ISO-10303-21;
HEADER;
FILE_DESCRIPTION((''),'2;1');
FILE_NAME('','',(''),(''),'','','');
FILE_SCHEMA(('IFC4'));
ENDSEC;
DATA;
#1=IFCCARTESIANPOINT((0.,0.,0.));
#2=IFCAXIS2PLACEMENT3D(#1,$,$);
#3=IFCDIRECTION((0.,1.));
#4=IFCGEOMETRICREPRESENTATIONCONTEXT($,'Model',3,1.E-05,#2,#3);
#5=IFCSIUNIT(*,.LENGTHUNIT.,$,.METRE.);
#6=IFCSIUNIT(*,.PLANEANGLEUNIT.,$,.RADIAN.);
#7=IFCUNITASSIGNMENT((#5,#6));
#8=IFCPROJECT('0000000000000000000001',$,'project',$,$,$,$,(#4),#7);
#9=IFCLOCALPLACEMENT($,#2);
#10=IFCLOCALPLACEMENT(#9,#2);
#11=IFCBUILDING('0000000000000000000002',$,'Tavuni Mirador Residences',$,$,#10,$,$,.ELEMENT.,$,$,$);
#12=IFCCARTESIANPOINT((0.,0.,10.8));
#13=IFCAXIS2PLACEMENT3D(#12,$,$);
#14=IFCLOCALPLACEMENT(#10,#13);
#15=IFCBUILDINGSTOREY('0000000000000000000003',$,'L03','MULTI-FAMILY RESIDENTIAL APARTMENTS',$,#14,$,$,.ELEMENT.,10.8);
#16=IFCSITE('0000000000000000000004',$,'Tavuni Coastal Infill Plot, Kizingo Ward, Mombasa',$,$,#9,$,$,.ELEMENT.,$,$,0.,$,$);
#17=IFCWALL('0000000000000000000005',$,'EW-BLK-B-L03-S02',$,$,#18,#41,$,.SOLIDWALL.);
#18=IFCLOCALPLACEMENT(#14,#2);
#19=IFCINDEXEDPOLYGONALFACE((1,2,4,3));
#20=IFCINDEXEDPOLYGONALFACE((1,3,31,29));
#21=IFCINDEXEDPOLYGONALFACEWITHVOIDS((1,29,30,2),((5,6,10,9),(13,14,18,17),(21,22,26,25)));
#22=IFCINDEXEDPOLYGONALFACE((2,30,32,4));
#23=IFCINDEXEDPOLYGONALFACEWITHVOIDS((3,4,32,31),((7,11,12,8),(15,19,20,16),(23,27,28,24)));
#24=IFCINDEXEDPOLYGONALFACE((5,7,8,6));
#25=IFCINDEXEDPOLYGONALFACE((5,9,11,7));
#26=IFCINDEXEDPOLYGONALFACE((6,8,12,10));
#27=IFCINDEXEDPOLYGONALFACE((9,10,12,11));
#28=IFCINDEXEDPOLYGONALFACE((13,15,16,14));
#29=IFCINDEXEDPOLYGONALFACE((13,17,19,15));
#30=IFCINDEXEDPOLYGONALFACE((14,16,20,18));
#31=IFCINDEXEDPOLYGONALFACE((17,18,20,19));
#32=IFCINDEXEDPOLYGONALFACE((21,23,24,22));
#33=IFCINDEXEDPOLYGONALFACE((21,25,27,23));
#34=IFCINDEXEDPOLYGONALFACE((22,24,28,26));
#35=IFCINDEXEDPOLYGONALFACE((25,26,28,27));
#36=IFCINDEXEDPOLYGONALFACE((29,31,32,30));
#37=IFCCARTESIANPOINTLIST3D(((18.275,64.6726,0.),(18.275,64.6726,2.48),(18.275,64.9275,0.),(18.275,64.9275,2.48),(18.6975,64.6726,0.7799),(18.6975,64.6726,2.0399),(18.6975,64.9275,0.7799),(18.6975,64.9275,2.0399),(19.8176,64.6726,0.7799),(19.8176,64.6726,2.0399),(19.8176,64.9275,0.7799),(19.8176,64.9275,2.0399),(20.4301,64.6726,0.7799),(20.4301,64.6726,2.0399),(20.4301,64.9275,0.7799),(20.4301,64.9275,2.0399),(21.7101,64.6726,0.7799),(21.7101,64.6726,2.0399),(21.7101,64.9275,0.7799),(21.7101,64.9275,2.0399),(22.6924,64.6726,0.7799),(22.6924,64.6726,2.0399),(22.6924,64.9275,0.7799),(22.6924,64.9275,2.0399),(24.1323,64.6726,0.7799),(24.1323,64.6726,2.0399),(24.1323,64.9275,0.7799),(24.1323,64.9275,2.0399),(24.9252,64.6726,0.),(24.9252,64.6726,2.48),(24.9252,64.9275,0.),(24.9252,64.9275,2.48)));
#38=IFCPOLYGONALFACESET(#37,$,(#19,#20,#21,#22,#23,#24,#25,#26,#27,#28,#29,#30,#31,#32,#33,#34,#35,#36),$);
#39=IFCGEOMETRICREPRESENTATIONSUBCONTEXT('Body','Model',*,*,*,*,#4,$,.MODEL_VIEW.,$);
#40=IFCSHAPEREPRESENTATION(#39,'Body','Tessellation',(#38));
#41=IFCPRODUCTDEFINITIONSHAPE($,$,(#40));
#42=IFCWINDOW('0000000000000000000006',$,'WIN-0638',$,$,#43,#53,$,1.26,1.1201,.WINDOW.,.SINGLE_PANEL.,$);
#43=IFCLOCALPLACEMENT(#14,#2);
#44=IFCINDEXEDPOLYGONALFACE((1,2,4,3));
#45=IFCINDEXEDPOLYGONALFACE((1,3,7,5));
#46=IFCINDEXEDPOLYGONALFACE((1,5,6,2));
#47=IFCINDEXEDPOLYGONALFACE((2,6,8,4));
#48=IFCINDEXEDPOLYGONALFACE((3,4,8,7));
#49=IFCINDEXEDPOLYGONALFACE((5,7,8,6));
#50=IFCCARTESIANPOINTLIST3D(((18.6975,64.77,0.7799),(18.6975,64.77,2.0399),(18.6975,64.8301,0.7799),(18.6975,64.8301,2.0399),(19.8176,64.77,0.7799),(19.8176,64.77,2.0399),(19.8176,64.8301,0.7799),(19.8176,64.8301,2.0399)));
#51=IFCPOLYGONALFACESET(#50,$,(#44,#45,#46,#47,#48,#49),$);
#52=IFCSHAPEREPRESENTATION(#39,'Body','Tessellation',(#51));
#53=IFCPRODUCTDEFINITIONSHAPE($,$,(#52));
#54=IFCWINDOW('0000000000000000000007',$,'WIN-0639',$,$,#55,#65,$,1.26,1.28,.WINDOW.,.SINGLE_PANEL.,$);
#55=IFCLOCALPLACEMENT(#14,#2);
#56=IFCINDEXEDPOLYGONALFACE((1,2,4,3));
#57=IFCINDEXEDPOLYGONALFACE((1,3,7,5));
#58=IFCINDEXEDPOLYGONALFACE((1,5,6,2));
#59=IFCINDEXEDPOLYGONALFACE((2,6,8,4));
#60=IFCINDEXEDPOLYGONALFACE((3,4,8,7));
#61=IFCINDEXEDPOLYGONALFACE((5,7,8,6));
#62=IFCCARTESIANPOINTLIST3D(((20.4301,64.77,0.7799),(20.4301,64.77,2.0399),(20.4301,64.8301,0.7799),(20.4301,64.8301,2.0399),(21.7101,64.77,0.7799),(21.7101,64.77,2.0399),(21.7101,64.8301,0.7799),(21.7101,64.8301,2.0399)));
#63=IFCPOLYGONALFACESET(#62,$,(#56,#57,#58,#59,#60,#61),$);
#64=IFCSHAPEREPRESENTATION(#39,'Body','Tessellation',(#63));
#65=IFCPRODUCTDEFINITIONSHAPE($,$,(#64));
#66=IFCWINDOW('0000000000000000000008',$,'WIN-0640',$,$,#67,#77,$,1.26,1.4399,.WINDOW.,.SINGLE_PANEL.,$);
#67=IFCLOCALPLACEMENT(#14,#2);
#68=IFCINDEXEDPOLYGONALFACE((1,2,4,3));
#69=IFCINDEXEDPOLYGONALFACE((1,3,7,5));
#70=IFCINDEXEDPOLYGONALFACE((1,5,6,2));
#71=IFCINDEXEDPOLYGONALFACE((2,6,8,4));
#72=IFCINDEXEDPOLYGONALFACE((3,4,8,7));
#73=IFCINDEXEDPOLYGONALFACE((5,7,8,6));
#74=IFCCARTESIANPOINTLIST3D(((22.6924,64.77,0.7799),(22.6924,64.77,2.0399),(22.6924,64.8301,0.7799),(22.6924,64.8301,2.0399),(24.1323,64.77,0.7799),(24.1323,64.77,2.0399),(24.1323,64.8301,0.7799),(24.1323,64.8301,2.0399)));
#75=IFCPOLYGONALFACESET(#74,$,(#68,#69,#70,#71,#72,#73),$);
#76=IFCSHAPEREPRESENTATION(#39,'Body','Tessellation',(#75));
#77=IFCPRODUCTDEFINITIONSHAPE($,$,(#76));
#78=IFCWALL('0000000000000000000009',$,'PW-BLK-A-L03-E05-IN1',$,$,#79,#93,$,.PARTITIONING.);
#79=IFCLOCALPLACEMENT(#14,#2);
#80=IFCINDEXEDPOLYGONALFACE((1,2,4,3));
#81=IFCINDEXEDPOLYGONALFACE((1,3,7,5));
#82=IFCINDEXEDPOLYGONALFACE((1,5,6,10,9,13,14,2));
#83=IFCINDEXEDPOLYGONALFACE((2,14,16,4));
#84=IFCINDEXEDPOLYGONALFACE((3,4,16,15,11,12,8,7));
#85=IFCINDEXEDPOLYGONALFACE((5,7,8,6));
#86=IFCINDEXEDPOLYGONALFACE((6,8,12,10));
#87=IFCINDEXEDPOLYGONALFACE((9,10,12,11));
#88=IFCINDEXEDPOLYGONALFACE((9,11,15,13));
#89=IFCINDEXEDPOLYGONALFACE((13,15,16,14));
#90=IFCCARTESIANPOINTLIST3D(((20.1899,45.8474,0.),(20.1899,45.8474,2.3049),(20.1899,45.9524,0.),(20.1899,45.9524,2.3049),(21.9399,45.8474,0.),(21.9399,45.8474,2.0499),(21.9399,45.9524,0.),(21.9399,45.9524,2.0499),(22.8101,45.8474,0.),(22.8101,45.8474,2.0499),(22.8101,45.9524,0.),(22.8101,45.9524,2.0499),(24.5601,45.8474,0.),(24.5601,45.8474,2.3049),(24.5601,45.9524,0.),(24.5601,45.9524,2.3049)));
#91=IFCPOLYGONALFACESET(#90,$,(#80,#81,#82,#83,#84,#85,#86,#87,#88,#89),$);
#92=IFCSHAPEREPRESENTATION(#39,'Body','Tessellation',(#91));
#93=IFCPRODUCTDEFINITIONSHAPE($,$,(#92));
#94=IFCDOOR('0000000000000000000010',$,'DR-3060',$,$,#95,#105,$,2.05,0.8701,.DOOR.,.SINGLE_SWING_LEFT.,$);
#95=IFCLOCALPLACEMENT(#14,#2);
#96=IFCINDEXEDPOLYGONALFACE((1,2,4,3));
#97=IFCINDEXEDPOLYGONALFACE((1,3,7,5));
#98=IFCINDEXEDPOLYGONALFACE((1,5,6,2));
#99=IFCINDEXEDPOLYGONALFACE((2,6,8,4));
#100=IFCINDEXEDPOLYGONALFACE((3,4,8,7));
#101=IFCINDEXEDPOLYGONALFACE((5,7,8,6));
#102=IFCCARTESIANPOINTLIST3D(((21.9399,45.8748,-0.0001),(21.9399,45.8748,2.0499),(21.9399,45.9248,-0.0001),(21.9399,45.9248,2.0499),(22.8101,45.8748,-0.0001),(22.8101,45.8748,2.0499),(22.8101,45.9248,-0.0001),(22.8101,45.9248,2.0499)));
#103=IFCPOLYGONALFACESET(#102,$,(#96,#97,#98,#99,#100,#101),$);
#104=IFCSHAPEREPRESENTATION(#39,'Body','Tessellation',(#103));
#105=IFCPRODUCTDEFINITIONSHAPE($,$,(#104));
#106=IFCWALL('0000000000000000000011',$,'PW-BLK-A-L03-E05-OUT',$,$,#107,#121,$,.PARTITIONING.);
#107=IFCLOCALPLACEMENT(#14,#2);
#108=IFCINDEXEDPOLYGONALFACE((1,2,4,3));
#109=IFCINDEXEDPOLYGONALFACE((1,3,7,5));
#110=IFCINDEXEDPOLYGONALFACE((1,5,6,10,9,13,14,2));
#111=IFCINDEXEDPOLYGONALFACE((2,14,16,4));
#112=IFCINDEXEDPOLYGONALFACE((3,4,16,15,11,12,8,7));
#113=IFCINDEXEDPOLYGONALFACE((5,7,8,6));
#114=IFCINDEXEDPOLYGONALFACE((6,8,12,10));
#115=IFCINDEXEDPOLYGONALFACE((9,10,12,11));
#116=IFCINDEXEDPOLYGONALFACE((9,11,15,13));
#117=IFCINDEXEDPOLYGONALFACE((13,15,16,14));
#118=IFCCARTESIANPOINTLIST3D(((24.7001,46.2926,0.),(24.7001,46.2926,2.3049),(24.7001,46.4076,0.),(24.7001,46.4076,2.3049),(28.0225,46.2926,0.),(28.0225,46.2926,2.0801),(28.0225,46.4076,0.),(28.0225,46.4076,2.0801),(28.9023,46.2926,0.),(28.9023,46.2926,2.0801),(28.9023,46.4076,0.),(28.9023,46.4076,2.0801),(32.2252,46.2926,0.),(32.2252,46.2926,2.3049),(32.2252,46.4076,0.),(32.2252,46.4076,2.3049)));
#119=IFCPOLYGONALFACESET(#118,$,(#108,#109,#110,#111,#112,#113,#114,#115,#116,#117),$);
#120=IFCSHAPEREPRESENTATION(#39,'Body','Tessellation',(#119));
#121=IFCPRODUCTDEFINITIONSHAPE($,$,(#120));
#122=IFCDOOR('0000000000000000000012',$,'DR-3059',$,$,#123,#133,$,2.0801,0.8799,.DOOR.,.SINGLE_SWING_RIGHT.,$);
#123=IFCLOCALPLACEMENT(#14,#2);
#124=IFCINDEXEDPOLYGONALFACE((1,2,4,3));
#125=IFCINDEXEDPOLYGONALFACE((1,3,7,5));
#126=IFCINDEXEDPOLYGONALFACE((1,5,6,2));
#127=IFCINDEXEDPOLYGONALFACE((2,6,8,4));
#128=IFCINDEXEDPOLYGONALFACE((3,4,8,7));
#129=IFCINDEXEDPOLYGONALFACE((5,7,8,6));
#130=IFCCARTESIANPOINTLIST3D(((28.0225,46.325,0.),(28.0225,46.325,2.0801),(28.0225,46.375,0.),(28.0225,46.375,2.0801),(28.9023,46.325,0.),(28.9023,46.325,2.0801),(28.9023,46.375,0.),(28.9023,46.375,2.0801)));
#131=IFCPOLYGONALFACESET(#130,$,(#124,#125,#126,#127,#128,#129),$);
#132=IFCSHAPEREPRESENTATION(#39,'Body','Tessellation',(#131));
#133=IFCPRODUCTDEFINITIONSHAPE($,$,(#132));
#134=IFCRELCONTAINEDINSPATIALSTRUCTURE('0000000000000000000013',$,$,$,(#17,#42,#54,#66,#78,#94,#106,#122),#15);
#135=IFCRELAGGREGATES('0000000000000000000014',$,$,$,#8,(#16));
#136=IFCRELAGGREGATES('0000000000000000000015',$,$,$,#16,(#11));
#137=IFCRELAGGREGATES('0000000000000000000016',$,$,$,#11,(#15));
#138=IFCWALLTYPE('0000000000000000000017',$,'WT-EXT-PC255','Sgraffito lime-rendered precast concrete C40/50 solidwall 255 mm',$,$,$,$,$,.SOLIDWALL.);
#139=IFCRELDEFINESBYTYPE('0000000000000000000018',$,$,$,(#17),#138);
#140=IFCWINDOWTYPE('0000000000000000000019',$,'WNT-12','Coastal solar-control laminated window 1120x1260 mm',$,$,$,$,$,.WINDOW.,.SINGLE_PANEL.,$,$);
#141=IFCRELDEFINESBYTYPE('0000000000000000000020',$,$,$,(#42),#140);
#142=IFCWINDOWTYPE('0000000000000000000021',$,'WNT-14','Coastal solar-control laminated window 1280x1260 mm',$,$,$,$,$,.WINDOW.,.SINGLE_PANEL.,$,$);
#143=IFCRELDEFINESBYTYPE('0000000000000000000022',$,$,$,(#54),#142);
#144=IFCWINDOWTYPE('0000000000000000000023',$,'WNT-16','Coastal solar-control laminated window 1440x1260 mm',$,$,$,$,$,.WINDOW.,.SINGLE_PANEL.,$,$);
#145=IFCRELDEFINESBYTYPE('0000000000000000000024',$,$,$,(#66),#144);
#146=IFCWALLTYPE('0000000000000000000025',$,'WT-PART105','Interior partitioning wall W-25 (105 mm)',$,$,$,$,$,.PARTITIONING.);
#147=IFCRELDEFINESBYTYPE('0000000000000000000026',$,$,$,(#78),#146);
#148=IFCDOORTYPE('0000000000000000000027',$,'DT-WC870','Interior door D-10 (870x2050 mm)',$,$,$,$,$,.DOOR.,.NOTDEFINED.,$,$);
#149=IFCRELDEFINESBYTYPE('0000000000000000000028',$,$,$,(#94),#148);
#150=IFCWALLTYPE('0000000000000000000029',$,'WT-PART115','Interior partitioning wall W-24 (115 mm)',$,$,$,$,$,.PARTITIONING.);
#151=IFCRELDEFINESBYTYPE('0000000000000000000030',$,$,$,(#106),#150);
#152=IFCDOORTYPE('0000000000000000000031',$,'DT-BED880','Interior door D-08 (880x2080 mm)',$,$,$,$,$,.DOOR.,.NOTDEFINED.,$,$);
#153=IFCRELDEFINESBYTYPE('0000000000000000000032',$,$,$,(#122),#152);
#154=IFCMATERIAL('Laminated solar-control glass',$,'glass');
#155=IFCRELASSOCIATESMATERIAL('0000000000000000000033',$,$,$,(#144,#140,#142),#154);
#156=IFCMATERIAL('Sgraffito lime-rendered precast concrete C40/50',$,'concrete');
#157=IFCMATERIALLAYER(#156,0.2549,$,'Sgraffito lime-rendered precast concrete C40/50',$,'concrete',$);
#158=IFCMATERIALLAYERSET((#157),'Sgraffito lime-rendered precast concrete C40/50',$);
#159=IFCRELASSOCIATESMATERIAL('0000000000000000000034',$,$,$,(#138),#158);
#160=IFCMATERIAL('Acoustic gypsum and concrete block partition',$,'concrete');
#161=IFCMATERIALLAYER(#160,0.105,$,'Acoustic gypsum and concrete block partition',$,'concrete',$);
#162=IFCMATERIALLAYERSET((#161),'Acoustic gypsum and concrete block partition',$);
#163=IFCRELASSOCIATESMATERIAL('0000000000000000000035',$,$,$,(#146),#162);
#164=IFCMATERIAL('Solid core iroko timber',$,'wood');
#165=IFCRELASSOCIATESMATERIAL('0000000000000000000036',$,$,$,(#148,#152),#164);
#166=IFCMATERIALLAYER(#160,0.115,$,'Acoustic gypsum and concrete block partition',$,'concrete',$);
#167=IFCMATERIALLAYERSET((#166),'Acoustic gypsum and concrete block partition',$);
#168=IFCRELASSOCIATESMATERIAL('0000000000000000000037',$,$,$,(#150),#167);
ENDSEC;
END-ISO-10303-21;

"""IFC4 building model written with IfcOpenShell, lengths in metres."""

from ifc_helpers import new_model, si_unit, direction, frame, frame_2d, origin, place, context, subcontext, project, spatial, rectangle, extrude, material, layer, layer_set, type_object, element, fill, save


model = new_model("IFC4")

# Units and contexts
model_context = context("Model", 3, precision=1e-05, world=origin(), true_north=direction((0.0, 1.0)))
body_context = subcontext(model_context, "Body", "Model", "MODEL_VIEW")
ifc_project = project(units=[si_unit("LENGTHUNIT", "METRE"), si_unit("PLANEANGLEUNIT", "RADIAN")], contexts=[model_context])

# Site, building, storey
site_placement = place(None, origin())
site = spatial("IfcSite", under=ifc_project, at=site_placement, Name="Tavuni Coastal Infill Plot, Kizingo Ward, Mombasa", CompositionType="ELEMENT", RefElevation=0.0)
building_placement = place(site_placement, origin())
building = spatial("IfcBuilding", under=site, at=building_placement, Name="Tavuni Mirador Residences", CompositionType="ELEMENT")
storey_placement = place(building_placement, frame((0.0, 0.0, 10.8)))
storey = spatial("IfcBuildingStorey", under=building, at=storey_placement, Name="L03", Description="MULTI-FAMILY RESIDENTIAL APARTMENTS", CompositionType="ELEMENT", Elevation=10.8)

# Shared definitions
ifc_material_1 = material(Name="Solid core iroko timber", Category="wood")

# Wall, openings, windows
ifc_material_2 = material(Name="Sgraffito lime-rendered precast concrete C40/50", Category="concrete")
ifc_material_3 = material(Name="Laminated solar-control glass", Category="glass")
window_type_1 = type_object("IfcWindowType", Name="WNT-16", Description="Coastal solar-control laminated window 1440x1260 mm", PartitioningType="SINGLE_PANEL", PredefinedType="WINDOW", material=ifc_material_3)
ifc_layer_1 = layer(ifc_material_2, 0.2549, Name="Sgraffito lime-rendered precast concrete C40/50", Category="concrete")
ifc_layer_set_1 = layer_set([ifc_layer_1], Name="Sgraffito lime-rendered precast concrete C40/50")
wall_type_1 = type_object("IfcWallType", Name="WT-EXT-PC255", Description="Sgraffito lime-rendered precast concrete C40/50 solidwall 255 mm", PredefinedType="SOLIDWALL", material=ifc_layer_set_1)
wall_1_placement = place(storey_placement, frame((18.2749, 64.8, 0.0), z_axis=(0.0, 0.0, 1.0), x_axis=(1.0, 0.0, 0.0)))
wall_1 = element("IfcWall", 1, at=wall_1_placement, inside=storey, type_object=wall_type_1, Name="EW-BLK-B-L03-S02", PredefinedType="SOLIDWALL", context=body_context, shape_type="SweptSolid", body=[
    extrude(rectangle(XDim=6.6501, YDim=0.2549, at=frame_2d((3.3252, 0.0))), origin(), (0.0, 0.0, 1.0), 2.48),
])
opening_1_placement = place(wall_1_placement, frame((0.4226, 0.0, 0.78)))
opening_1 = element("IfcOpeningElement", 2, at=opening_1_placement, cuts=wall_1, PredefinedType="OPENING", context=body_context, shape_type="SweptSolid", body=[
    extrude(rectangle(XDim=1.1201, YDim=1.26, at=frame_2d((0.5601, 0.6299))), frame((0.0, 0.1375, 0.0), z_axis=(0.0, -1.0, 0.0), x_axis=(1.0, 0.0, 0.0)), (0.0, 0.0, 1.0), 0.2749),
])
opening_2_placement = place(wall_1_placement, frame((2.155, 0.0, 0.78)))
opening_2 = element("IfcOpeningElement", 3, at=opening_2_placement, cuts=wall_1, PredefinedType="OPENING", context=body_context, shape_type="SweptSolid", body=[
    extrude(rectangle(XDim=1.28, YDim=1.26, at=frame_2d((0.6401, 0.6299))), frame((0.0, 0.1375, 0.0), z_axis=(0.0, -1.0, 0.0), x_axis=(1.0, 0.0, 0.0)), (0.0, 0.0, 1.0), 0.2749),
])
opening_3_placement = place(wall_1_placement, frame((4.4175, 0.0, 0.78)))
opening_3 = element("IfcOpeningElement", 4, at=opening_3_placement, cuts=wall_1, PredefinedType="OPENING", context=body_context, shape_type="SweptSolid", body=[
    extrude(rectangle(XDim=1.4399, YDim=1.26, at=frame_2d((0.72, 0.6299))), frame((0.0, 0.1375, 0.0), z_axis=(0.0, -1.0, 0.0), x_axis=(1.0, 0.0, 0.0)), (0.0, 0.0, 1.0), 0.2749),
])
window_type_2 = type_object("IfcWindowType", Name="WNT-12", Description="Coastal solar-control laminated window 1120x1260 mm", PartitioningType="SINGLE_PANEL", PredefinedType="WINDOW", material=ifc_material_3)
window_1_placement = place(opening_1_placement, origin())
window_1 = element("IfcWindow", 5, at=window_1_placement, inside=storey, type_object=window_type_2, Name="WIN-0638", OverallHeight=1.26, OverallWidth=1.1201, PartitioningType="SINGLE_PANEL", PredefinedType="WINDOW", context=body_context, shape_type="SweptSolid", body=[
    extrude(rectangle(XDim=1.1201, YDim=1.26, at=frame_2d((0.5601, 0.6299))), frame((0.0, 0.03, 0.0), z_axis=(0.0, -1.0, 0.0), x_axis=(1.0, 0.0, 0.0)), (0.0, 0.0, 1.0), 0.0601),
])
fill(opening_1, window_1)
window_type_3 = type_object("IfcWindowType", Name="WNT-14", Description="Coastal solar-control laminated window 1280x1260 mm", PartitioningType="SINGLE_PANEL", PredefinedType="WINDOW", material=ifc_material_3)
window_2_placement = place(opening_2_placement, origin())
window_2 = element("IfcWindow", 6, at=window_2_placement, inside=storey, type_object=window_type_3, Name="WIN-0639", OverallHeight=1.26, OverallWidth=1.28, PartitioningType="SINGLE_PANEL", PredefinedType="WINDOW", context=body_context, shape_type="SweptSolid", body=[
    extrude(rectangle(XDim=1.28, YDim=1.26, at=frame_2d((0.6401, 0.6299))), frame((0.0, 0.03, 0.0), z_axis=(0.0, -1.0, 0.0), x_axis=(1.0, 0.0, 0.0)), (0.0, 0.0, 1.0), 0.0601),
])
fill(opening_2, window_2)
window_3_placement = place(opening_3_placement, origin())
window_3 = element("IfcWindow", 7, at=window_3_placement, inside=storey, type_object=window_type_1, Name="WIN-0640", OverallHeight=1.26, OverallWidth=1.4399, PartitioningType="SINGLE_PANEL", PredefinedType="WINDOW", context=body_context, shape_type="SweptSolid", body=[
    extrude(rectangle(XDim=1.4399, YDim=1.26, at=frame_2d((0.72, 0.6299))), frame((0.0, 0.03, 0.0), z_axis=(0.0, -1.0, 0.0), x_axis=(1.0, 0.0, 0.0)), (0.0, 0.0, 1.0), 0.0601),
])
fill(opening_3, window_3)

# Walls, openings, doors
ifc_material_4 = material(Name="Acoustic gypsum and concrete block partition", Category="concrete")
ifc_layer_2 = layer(ifc_material_4, 0.105, Name="Acoustic gypsum and concrete block partition", Category="concrete")
ifc_layer_set_2 = layer_set([ifc_layer_2], Name="Acoustic gypsum and concrete block partition")
wall_type_2 = type_object("IfcWallType", Name="WT-PART105", Description="Interior partitioning wall W-25 (105 mm)", PredefinedType="PARTITIONING", material=ifc_layer_set_2)
wall_2_placement = place(storey_placement, frame((20.1899, 45.8999, 0.0), z_axis=(0.0, 0.0, 1.0), x_axis=(1.0, 0.0, 0.0)))
wall_2 = element("IfcWall", 8, at=wall_2_placement, inside=storey, type_object=wall_type_2, Name="PW-BLK-A-L03-E05-IN1", PredefinedType="PARTITIONING", context=body_context, shape_type="SweptSolid", body=[
    extrude(rectangle(XDim=4.3701, YDim=0.105, at=frame_2d((2.1851, 0.0))), origin(), (0.0, 0.0, 1.0), 2.3049),
])
opening_4_placement = place(wall_2_placement, frame((1.75, 0.0, 0.0)))
opening_4 = element("IfcOpeningElement", 9, at=opening_4_placement, cuts=wall_2, PredefinedType="OPENING", context=body_context, shape_type="SweptSolid", body=[
    extrude(rectangle(XDim=0.8701, YDim=2.05, at=frame_2d((0.4351, 1.0249))), frame((0.0, 0.0625, 0.0), z_axis=(0.0, -1.0, 0.0), x_axis=(1.0, 0.0, 0.0)), (0.0, 0.0, 1.0), 0.125),
])
door_type_1 = type_object("IfcDoorType", Name="DT-WC870", Description="Interior door D-10 (870x2050 mm)", OperationType="NOTDEFINED", PredefinedType="DOOR", material=ifc_material_1)
door_1_placement = place(opening_4_placement, origin())
door_1 = element("IfcDoor", 10, at=door_1_placement, inside=storey, type_object=door_type_1, Name="DR-3060", OperationType="SINGLE_SWING_LEFT", OverallHeight=2.05, OverallWidth=0.8701, PredefinedType="DOOR", context=body_context, shape_type="SweptSolid", body=[
    extrude(rectangle(XDim=0.8701, YDim=2.05, at=frame_2d((0.4351, 1.0249))), frame((0.0, 0.0249, 0.0), z_axis=(0.0, -1.0, 0.0), x_axis=(1.0, 0.0, 0.0)), (0.0, 0.0, 1.0), 0.05),
])
fill(opening_4, door_1)
ifc_layer_3 = layer(ifc_material_4, 0.115, Name="Acoustic gypsum and concrete block partition", Category="concrete")
ifc_layer_set_3 = layer_set([ifc_layer_3], Name="Acoustic gypsum and concrete block partition")
wall_type_3 = type_object("IfcWallType", Name="WT-PART115", Description="Interior partitioning wall W-24 (115 mm)", PredefinedType="PARTITIONING", material=ifc_layer_set_3)
wall_3_placement = place(storey_placement, frame((24.7, 46.3501, 0.0), z_axis=(0.0, 0.0, 1.0), x_axis=(1.0, 0.0, 0.0)))
wall_3 = element("IfcWall", 11, at=wall_3_placement, inside=storey, type_object=wall_type_3, Name="PW-BLK-A-L03-E05-OUT", PredefinedType="PARTITIONING", context=body_context, shape_type="SweptSolid", body=[
    extrude(rectangle(XDim=7.5251, YDim=0.115, at=frame_2d((3.7627, 0.0))), origin(), (0.0, 0.0, 1.0), 2.3049),
])
opening_5_placement = place(wall_3_placement, frame((3.3225, 0.0, 0.0)))
opening_5 = element("IfcOpeningElement", 12, at=opening_5_placement, cuts=wall_3, PredefinedType="OPENING", context=body_context, shape_type="SweptSolid", body=[
    extrude(rectangle(XDim=0.8799, YDim=2.0801, at=frame_2d((0.4399, 1.04))), frame((0.0, 0.0674, 0.0), z_axis=(0.0, -1.0, 0.0), x_axis=(1.0, 0.0, 0.0)), (0.0, 0.0, 1.0), 0.135),
])
door_type_2 = type_object("IfcDoorType", Name="DT-BED880", Description="Interior door D-08 (880x2080 mm)", OperationType="NOTDEFINED", PredefinedType="DOOR", material=ifc_material_1)
door_2_placement = place(opening_5_placement, origin())
door_2 = element("IfcDoor", 13, at=door_2_placement, inside=storey, type_object=door_type_2, Name="DR-3059", OperationType="SINGLE_SWING_RIGHT", OverallHeight=2.0801, OverallWidth=0.8799, PredefinedType="DOOR", context=body_context, shape_type="SweptSolid", body=[
    extrude(rectangle(XDim=0.8799, YDim=2.0801, at=frame_2d((0.4399, 1.04))), frame((0.0, 0.0249, 0.0), z_axis=(0.0, -1.0, 0.0), x_axis=(1.0, 0.0, 0.0)), (0.0, 0.0, 1.0), 0.05),
])
fill(opening_5, door_2)

save(model, "model.ifc")
